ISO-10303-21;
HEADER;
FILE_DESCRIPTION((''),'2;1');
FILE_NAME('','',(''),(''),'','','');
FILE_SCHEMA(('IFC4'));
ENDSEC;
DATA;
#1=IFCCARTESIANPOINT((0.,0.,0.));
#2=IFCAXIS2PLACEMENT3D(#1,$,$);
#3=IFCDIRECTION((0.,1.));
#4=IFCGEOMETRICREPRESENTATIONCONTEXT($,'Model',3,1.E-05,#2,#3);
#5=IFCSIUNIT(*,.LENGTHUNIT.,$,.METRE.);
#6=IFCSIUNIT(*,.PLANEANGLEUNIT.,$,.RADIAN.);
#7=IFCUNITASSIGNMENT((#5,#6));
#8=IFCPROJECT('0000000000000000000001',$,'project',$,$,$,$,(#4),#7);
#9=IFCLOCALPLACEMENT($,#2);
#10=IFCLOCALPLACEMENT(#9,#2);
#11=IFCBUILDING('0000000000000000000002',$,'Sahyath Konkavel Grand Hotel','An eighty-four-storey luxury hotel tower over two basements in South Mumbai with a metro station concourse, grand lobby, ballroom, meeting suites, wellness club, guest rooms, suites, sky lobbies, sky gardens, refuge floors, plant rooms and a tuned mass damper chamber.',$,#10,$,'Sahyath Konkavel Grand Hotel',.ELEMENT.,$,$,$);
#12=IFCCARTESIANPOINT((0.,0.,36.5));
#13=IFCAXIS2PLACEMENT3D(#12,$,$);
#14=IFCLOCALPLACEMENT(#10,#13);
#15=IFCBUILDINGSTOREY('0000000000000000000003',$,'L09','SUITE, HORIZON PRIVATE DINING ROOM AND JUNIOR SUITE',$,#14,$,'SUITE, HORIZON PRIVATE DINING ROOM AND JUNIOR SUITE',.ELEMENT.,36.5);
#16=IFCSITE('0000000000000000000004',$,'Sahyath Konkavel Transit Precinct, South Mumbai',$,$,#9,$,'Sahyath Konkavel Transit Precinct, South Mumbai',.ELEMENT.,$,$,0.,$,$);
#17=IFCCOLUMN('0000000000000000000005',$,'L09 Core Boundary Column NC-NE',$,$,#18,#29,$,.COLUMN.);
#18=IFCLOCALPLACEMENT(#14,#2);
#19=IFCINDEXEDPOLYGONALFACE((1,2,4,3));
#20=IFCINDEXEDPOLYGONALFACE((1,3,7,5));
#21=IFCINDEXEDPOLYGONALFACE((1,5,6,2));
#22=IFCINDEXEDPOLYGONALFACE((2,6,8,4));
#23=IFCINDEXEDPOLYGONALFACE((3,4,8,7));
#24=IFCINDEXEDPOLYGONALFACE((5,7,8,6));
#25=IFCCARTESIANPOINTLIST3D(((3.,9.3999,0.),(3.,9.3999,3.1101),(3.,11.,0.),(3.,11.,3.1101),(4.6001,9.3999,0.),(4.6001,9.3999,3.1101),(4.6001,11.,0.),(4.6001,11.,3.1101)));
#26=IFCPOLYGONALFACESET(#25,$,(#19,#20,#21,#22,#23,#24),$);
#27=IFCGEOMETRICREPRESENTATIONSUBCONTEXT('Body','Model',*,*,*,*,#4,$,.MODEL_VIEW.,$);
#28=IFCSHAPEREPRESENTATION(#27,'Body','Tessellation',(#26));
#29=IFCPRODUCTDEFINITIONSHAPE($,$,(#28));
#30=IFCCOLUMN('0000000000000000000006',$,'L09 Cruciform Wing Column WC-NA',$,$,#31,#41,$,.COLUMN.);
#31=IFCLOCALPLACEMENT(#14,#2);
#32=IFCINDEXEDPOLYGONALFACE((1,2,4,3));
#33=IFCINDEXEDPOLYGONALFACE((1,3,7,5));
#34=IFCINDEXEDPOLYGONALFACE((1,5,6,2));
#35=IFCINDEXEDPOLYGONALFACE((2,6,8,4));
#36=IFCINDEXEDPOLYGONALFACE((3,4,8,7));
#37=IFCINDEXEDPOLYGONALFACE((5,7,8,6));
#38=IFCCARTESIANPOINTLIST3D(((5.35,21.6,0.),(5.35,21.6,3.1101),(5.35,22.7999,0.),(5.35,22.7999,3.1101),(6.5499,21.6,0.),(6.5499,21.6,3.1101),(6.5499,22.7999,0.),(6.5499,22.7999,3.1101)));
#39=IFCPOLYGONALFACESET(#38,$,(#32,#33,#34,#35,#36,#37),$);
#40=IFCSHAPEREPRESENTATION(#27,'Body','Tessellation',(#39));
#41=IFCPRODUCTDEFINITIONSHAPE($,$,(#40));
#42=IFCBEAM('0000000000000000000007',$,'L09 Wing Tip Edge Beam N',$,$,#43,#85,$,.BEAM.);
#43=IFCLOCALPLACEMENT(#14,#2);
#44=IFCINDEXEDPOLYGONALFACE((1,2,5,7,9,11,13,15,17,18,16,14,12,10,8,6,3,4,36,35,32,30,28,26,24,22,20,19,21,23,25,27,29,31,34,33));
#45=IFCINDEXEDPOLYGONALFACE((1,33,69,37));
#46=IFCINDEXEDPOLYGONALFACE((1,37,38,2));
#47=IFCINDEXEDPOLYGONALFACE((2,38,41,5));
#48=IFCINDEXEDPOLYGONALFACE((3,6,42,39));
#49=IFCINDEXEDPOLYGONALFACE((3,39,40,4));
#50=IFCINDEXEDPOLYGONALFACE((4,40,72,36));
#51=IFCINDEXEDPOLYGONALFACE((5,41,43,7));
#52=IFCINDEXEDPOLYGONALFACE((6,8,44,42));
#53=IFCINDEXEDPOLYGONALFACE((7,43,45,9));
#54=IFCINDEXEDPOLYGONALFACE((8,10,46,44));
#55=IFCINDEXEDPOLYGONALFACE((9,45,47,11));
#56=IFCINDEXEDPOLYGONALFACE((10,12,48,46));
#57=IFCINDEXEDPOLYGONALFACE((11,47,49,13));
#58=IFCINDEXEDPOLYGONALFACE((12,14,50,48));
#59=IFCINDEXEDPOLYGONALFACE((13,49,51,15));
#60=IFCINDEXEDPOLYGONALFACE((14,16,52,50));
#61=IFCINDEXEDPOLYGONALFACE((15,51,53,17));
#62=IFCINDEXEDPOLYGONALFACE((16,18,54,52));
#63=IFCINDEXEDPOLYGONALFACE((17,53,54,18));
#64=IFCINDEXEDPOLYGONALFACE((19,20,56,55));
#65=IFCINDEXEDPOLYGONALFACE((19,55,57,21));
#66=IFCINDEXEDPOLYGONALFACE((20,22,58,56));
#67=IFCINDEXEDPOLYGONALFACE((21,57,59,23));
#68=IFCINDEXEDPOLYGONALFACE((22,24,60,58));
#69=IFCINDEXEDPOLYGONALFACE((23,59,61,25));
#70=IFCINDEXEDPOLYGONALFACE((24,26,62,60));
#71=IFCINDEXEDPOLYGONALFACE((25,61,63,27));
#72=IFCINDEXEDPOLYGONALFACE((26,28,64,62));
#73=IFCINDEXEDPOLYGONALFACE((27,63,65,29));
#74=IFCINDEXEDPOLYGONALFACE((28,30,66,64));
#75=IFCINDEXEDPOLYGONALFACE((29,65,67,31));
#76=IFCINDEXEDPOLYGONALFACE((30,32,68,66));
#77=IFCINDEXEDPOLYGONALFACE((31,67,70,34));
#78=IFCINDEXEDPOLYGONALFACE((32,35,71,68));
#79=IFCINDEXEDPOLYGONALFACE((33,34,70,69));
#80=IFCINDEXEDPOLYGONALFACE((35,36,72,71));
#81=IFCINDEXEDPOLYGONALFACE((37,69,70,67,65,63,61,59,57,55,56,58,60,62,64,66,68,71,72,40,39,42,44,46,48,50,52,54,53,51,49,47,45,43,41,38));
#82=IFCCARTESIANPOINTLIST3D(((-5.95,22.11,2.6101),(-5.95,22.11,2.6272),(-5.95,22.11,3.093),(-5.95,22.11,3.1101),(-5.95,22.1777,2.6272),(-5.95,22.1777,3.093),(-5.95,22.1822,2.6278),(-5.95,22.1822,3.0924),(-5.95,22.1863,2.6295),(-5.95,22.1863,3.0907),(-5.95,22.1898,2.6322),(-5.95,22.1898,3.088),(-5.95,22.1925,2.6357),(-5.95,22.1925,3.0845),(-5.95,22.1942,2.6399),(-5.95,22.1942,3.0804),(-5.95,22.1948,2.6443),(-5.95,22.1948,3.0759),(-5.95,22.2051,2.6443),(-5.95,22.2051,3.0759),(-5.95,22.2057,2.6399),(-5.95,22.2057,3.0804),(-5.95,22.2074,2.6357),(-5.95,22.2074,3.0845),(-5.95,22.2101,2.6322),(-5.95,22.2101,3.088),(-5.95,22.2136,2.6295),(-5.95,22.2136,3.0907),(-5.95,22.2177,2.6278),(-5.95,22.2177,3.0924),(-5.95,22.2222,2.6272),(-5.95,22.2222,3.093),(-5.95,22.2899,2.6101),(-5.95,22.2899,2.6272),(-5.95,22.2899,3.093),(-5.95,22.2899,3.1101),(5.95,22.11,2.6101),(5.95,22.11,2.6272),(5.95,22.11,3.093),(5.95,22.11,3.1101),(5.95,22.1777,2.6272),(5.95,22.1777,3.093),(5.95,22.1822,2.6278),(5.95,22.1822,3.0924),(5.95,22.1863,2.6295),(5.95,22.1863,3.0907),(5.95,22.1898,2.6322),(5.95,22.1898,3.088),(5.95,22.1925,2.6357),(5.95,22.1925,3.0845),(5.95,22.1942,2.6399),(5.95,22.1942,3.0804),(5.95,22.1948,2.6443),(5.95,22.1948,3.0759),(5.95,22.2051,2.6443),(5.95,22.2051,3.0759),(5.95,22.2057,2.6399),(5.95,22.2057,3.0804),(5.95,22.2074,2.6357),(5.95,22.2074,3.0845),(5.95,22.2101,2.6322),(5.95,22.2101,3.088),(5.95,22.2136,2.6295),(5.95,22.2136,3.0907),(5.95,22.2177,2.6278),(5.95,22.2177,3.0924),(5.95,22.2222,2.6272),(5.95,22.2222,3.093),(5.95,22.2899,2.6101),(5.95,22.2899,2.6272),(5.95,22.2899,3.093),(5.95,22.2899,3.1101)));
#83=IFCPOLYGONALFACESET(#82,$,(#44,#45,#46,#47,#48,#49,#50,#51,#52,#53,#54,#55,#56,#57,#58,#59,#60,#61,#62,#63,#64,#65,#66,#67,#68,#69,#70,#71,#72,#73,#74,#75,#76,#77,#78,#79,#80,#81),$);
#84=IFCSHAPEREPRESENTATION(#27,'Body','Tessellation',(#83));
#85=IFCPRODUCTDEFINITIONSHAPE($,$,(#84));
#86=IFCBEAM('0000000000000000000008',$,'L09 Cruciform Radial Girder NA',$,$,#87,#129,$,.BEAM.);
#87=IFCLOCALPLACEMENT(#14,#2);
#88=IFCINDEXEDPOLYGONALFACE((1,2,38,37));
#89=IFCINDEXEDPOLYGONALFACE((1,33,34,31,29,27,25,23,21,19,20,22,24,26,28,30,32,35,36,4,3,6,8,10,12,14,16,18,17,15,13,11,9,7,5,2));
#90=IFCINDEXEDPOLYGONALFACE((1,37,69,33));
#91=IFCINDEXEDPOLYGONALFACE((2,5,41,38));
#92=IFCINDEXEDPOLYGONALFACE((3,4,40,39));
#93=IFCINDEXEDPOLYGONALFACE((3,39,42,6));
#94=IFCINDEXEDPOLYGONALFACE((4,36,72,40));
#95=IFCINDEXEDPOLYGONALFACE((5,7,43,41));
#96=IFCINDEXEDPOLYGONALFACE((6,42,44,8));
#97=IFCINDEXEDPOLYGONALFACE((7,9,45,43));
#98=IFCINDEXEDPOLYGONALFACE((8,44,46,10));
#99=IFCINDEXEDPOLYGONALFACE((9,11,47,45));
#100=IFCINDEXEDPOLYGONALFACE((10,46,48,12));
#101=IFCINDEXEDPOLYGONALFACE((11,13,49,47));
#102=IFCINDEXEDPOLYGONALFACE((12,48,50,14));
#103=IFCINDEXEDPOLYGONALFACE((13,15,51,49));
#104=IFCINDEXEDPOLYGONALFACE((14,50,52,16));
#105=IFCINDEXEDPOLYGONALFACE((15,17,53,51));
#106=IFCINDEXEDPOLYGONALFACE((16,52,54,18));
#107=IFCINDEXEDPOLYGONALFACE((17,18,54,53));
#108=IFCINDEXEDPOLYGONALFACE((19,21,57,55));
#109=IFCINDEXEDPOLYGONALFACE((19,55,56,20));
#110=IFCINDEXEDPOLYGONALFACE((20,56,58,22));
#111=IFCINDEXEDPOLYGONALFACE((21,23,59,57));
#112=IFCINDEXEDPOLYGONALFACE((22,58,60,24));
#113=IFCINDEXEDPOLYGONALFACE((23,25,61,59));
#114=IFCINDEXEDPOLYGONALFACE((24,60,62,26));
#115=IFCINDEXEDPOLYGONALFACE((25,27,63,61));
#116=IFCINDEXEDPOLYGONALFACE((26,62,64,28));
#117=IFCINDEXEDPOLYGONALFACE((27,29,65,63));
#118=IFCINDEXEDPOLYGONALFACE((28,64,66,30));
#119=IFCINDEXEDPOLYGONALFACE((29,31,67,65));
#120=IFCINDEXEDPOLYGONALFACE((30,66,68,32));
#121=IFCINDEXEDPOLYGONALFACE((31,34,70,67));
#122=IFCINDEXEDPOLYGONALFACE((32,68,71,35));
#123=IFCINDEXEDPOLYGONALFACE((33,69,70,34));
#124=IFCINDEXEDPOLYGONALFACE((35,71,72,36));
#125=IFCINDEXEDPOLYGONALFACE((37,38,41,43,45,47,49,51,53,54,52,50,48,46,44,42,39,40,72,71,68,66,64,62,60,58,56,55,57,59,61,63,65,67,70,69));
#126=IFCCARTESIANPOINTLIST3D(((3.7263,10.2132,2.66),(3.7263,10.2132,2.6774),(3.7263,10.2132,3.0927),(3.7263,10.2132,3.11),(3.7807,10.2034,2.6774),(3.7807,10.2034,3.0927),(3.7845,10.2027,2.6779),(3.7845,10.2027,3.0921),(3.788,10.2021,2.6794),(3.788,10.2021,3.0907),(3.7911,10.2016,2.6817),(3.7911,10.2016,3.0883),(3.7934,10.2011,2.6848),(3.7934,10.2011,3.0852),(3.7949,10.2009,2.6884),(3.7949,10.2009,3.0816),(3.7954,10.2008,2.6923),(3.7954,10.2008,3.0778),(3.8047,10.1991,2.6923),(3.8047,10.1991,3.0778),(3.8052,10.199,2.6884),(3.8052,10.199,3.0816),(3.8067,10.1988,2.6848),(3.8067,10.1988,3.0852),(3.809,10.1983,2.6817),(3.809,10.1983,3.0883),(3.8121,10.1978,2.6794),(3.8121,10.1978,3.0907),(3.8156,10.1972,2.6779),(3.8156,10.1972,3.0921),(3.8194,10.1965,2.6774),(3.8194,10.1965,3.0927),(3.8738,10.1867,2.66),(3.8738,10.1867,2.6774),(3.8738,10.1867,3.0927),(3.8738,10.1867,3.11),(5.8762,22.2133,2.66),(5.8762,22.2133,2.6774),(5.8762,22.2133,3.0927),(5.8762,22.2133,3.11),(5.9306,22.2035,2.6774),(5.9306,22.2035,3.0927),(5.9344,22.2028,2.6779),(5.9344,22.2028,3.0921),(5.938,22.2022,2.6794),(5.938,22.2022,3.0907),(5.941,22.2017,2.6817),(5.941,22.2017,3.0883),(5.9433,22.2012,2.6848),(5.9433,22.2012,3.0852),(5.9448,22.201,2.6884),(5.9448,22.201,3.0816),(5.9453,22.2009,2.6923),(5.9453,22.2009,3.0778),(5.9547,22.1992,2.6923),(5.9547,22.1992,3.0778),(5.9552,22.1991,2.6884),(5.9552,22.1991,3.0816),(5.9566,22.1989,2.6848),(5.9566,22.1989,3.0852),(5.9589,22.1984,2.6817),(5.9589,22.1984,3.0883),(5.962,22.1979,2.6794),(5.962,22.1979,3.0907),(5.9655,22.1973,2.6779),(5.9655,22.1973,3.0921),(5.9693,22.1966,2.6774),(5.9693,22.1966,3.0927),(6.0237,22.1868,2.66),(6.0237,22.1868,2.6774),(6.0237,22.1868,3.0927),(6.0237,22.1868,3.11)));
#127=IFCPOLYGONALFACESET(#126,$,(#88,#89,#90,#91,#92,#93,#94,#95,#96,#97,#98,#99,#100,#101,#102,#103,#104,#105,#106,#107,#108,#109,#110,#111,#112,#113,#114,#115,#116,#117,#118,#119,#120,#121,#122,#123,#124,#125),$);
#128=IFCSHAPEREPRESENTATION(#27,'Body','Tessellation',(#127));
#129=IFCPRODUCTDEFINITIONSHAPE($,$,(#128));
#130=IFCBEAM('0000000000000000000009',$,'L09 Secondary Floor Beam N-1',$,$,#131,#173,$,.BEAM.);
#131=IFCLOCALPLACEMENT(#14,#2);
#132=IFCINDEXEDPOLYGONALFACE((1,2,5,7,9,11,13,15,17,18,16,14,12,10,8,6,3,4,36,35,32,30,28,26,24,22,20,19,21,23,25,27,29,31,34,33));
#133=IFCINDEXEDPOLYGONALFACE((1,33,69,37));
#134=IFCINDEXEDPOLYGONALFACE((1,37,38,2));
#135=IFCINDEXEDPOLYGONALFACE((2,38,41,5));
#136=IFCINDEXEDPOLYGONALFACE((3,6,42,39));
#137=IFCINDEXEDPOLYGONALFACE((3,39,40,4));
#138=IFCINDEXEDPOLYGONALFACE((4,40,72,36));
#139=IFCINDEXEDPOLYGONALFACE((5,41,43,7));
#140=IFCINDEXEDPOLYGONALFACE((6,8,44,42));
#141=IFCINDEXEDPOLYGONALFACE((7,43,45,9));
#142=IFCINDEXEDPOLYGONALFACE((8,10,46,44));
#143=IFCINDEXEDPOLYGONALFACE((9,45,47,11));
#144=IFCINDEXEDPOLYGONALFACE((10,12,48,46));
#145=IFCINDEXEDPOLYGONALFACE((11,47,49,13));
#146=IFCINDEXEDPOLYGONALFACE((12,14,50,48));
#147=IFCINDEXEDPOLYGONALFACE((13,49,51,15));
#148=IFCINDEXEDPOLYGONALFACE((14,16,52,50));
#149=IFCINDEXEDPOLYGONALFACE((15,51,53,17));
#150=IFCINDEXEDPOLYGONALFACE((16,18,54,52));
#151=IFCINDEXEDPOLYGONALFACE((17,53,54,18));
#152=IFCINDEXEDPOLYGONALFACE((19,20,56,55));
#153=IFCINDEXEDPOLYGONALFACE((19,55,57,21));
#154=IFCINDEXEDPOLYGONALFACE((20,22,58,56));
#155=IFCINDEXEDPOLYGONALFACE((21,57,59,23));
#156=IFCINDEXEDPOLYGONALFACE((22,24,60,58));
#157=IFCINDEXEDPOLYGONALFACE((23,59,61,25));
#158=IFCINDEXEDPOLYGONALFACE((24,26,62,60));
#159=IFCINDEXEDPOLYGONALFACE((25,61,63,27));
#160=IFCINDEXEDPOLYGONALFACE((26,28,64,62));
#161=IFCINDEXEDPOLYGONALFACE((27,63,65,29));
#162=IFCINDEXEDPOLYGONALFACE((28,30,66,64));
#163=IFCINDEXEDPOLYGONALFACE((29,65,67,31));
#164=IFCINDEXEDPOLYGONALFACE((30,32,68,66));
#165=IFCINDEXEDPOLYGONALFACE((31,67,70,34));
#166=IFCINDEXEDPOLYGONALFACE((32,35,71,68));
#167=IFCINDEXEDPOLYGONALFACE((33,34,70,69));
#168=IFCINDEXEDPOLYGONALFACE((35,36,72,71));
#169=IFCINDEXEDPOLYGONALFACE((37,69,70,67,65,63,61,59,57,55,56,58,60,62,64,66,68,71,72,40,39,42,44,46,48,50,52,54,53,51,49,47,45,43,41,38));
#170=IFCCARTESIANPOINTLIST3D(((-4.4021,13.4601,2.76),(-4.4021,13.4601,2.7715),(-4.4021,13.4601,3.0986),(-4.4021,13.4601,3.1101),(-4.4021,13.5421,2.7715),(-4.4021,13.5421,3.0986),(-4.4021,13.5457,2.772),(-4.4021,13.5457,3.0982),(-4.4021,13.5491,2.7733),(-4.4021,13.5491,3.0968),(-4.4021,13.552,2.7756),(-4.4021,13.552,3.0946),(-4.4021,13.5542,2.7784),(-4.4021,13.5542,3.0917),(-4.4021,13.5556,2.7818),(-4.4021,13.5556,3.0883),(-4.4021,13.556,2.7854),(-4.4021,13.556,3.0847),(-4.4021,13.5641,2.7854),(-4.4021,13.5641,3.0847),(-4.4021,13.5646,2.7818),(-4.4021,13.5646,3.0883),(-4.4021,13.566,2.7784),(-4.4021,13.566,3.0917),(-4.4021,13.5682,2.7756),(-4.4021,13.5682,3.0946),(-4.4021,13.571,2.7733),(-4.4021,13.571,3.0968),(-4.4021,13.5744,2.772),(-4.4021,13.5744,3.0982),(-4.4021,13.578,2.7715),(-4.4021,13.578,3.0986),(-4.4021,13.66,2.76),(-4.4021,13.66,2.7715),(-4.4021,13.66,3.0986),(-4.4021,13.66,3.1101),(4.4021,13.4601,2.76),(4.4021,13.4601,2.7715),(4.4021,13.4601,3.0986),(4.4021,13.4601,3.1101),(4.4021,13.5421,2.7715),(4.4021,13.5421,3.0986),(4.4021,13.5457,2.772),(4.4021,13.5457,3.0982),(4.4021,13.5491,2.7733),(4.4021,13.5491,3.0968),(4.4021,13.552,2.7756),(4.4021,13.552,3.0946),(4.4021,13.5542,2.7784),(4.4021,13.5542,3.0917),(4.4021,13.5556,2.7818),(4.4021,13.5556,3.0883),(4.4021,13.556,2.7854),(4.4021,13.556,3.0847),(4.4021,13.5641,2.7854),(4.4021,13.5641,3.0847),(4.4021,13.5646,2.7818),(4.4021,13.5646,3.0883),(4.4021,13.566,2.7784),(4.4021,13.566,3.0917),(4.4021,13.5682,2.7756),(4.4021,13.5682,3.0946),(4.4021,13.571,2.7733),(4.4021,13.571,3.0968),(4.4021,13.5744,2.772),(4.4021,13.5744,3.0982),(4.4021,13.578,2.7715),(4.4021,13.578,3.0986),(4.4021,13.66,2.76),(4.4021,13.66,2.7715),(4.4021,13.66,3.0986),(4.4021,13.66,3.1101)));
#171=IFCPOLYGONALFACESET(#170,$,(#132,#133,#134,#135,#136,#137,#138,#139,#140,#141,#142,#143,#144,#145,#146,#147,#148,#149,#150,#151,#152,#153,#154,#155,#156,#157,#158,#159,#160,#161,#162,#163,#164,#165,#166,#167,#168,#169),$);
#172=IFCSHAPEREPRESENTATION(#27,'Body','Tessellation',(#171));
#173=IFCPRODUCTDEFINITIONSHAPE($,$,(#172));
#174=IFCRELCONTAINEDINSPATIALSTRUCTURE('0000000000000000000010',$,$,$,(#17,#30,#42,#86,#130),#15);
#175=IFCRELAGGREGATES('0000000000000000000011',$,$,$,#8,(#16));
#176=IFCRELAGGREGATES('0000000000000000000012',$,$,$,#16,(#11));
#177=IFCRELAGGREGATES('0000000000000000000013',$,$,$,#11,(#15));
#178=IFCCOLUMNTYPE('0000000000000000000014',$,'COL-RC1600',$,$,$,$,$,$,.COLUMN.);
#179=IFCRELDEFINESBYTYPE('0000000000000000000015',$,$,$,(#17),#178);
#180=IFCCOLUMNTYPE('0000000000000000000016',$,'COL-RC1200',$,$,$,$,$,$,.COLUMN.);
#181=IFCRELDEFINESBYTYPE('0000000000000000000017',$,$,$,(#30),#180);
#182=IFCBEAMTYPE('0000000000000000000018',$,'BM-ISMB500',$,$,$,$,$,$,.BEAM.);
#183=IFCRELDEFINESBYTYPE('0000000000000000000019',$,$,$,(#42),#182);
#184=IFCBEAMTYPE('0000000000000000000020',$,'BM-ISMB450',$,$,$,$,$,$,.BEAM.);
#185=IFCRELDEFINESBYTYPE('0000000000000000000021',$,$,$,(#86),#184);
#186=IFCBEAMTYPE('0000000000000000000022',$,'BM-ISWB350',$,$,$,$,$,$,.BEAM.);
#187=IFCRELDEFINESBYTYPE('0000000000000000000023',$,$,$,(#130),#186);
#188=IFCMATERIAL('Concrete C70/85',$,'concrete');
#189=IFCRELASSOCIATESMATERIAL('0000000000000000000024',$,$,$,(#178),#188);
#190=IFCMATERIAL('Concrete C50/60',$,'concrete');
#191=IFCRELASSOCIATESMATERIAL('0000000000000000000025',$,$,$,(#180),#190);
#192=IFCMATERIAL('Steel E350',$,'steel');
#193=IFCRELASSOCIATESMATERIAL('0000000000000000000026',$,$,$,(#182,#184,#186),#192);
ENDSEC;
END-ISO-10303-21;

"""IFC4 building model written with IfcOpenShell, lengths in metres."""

from ifc_helpers import new_model, si_unit, direction, frame, origin, origin_2d, place, context, subcontext, project, spatial, rectangle, i_section, extrude, source, transform, mapped, material, material_profile, profile_set, type_object, element, save


model = new_model("IFC4")

# Units and contexts
model_context = context("Model", 3, precision=1e-05, world=origin(), true_north=direction((0.0, 1.0)))
body_context = subcontext(model_context, "Body", "Model", "MODEL_VIEW")
ifc_project = project(units=[si_unit("LENGTHUNIT", "METRE"), si_unit("PLANEANGLEUNIT", "RADIAN")], contexts=[model_context])

# Site, building, storey
site_placement = place(None, origin())
site = spatial("IfcSite", under=ifc_project, at=site_placement, Name="Sahyath Konkavel Transit Precinct, South Mumbai", LongName="Sahyath Konkavel Transit Precinct, South Mumbai", CompositionType="ELEMENT", RefElevation=0.0)
building_placement = place(site_placement, origin())
building = spatial("IfcBuilding", under=site, at=building_placement, Name="Sahyath Konkavel Grand Hotel", Description="An eighty-four-storey luxury hotel tower over two basements in South Mumbai with a metro station concourse, grand lobby, ballroom, meeting suites, wellness club, guest rooms, suites, sky lobbies, sky gardens, refuge floors, plant rooms and a tuned mass damper chamber.", LongName="Sahyath Konkavel Grand Hotel", CompositionType="ELEMENT")
storey_placement = place(building_placement, frame((0.0, 0.0, 36.5)))
storey = spatial("IfcBuildingStorey", under=building, at=storey_placement, Name="L09", Description="SUITE, HORIZON PRIVATE DINING ROOM AND JUNIOR SUITE", LongName="SUITE, HORIZON PRIVATE DINING ROOM AND JUNIOR SUITE", CompositionType="ELEMENT", Elevation=36.5)

# Columns
ifc_material_1 = material(Name="Concrete C70/85", Category="concrete")
ifc_material_profile_1 = material_profile(ifc_material_1, rectangle(XDim=1.6001, YDim=1.6001, at=origin_2d()), Name="RC 1600x1600")
ifc_profile_set_1 = profile_set([ifc_material_profile_1], Name="Concrete C70/85")
column_type_1 = type_object("IfcColumnType", Name="COL-RC1600", PredefinedType="COLUMN", material=ifc_profile_set_1)
shared_shape_1 = source(origin(), body_context, "Body", "SweptSolid", [
    extrude(rectangle(XDim=1.6001, YDim=1.6001, at=origin_2d()), origin(), (0.0, 0.0, 1.0), 3.1101),
])
column_1_placement = place(storey_placement, frame((3.8, 10.2, 0.0), z_axis=(0.0, 0.0, 1.0), x_axis=(1.0, 0.0, 0.0)))
element("IfcColumn", 1, at=column_1_placement, inside=storey, type_object=column_type_1, Name="L09 Core Boundary Column NC-NE", PredefinedType="COLUMN", context=body_context, shape_type="MappedRepresentation", body=[
    mapped(shared_shape_1, transform((0.0, 0.0, 0.0), scale=1.0)),
])
ifc_material_2 = material(Name="Concrete C50/60", Category="concrete")
ifc_material_profile_2 = material_profile(ifc_material_2, rectangle(XDim=1.2, YDim=1.2, at=origin_2d()), Name="RC 1200x1200")
ifc_profile_set_2 = profile_set([ifc_material_profile_2], Name="Concrete C50/60")
column_type_2 = type_object("IfcColumnType", Name="COL-RC1200", PredefinedType="COLUMN", material=ifc_profile_set_2)
shared_shape_2 = source(origin(), body_context, "Body", "SweptSolid", [
    extrude(rectangle(XDim=1.2, YDim=1.2, at=origin_2d()), origin(), (0.0, 0.0, 1.0), 3.1101),
])
column_2_placement = place(storey_placement, frame((5.95, 22.2, 0.0), z_axis=(0.0, 0.0, 1.0), x_axis=(1.0, 0.0, 0.0)))
element("IfcColumn", 2, at=column_2_placement, inside=storey, type_object=column_type_2, Name="L09 Cruciform Wing Column WC-NA", PredefinedType="COLUMN", context=body_context, shape_type="MappedRepresentation", body=[
    mapped(shared_shape_2, transform((0.0, 0.0, 0.0), scale=1.0)),
])

# Beams
ifc_material_3 = material(Name="Steel E350", Category="steel")
ifc_material_profile_3 = material_profile(ifc_material_3, i_section(OverallWidth=0.1799, OverallDepth=0.5, WebThickness=0.0103, FlangeThickness=0.0171, FilletRadius=0.0171, at=origin_2d()), Name="ISMB 500")
ifc_profile_set_3 = profile_set([ifc_material_profile_3], Name="Steel E350")
beam_type_1 = type_object("IfcBeamType", Name="BM-ISMB500", PredefinedType="BEAM", material=ifc_profile_set_3)
shared_shape_3 = source(origin(), body_context, "Body", "SweptSolid", [
    extrude(i_section(OverallWidth=0.1799, OverallDepth=0.5, WebThickness=0.0103, FlangeThickness=0.0171, FilletRadius=0.0171, at=origin_2d()), origin(), (0.0, 0.0, 1.0), 11.8999),
])
beam_1_placement = place(storey_placement, frame((5.95, 22.2, 2.8601), z_axis=(-1.0, 0.0, 0.0), x_axis=(0.0, -1.0, 0.0)))
element("IfcBeam", 3, at=beam_1_placement, inside=storey, type_object=beam_type_1, Name="L09 Wing Tip Edge Beam N", PredefinedType="BEAM", context=body_context, shape_type="MappedRepresentation", body=[
    mapped(shared_shape_3, transform((0.0, 0.0, 0.0), scale=1.0)),
])
ifc_material_profile_4 = material_profile(ifc_material_3, i_section(OverallWidth=0.1499, OverallDepth=0.45, WebThickness=0.0095, FlangeThickness=0.0173, FilletRadius=0.0149, at=origin_2d()), Name="ISMB 450")
ifc_profile_set_4 = profile_set([ifc_material_profile_4], Name="Steel E350")
beam_type_2 = type_object("IfcBeamType", Name="BM-ISMB450", PredefinedType="BEAM", material=ifc_profile_set_4)
shared_shape_4 = source(origin(), body_context, "Body", "SweptSolid", [
    extrude(i_section(OverallWidth=0.1499, OverallDepth=0.45, WebThickness=0.0095, FlangeThickness=0.0173, FilletRadius=0.0149, at=origin_2d()), origin(), (0.0, 0.0, 1.0), 12.1912),
])
beam_2_placement = place(storey_placement, frame((3.8, 10.2, 2.885), z_axis=(0.176351, 0.984327, 0.0), x_axis=(-0.984327, 0.176351, 0.0)))
element("IfcBeam", 4, at=beam_2_placement, inside=storey, type_object=beam_type_2, Name="L09 Cruciform Radial Girder NA", PredefinedType="BEAM", context=body_context, shape_type="MappedRepresentation", body=[
    mapped(shared_shape_4, transform((0.0, 0.0, 0.0), scale=1.0)),
])
ifc_material_profile_5 = material_profile(ifc_material_3, i_section(OverallWidth=0.2, OverallDepth=0.3501, WebThickness=0.0081, FlangeThickness=0.0115, FilletRadius=0.0139, at=origin_2d()), Name="ISWB 350")
ifc_profile_set_5 = profile_set([ifc_material_profile_5], Name="Steel E350")
beam_type_3 = type_object("IfcBeamType", Name="BM-ISWB350", PredefinedType="BEAM", material=ifc_profile_set_5)
shared_shape_5 = source(origin(), body_context, "Body", "SweptSolid", [
    extrude(i_section(OverallWidth=0.2, OverallDepth=0.3501, WebThickness=0.0081, FlangeThickness=0.0115, FilletRadius=0.0139, at=origin_2d()), origin(), (0.0, 0.0, 1.0), 8.8042),
])
beam_3_placement = place(storey_placement, frame((4.4021, 13.5601, 2.9351), z_axis=(-1.0, 0.0, 0.0), x_axis=(0.0, -1.0, 0.0)))
element("IfcBeam", 5, at=beam_3_placement, inside=storey, type_object=beam_type_3, Name="L09 Secondary Floor Beam N-1", PredefinedType="BEAM", context=body_context, shape_type="MappedRepresentation", body=[
    mapped(shared_shape_5, transform((0.0, 0.0, 0.0), scale=1.0)),
])

save(model, "model.ifc")
